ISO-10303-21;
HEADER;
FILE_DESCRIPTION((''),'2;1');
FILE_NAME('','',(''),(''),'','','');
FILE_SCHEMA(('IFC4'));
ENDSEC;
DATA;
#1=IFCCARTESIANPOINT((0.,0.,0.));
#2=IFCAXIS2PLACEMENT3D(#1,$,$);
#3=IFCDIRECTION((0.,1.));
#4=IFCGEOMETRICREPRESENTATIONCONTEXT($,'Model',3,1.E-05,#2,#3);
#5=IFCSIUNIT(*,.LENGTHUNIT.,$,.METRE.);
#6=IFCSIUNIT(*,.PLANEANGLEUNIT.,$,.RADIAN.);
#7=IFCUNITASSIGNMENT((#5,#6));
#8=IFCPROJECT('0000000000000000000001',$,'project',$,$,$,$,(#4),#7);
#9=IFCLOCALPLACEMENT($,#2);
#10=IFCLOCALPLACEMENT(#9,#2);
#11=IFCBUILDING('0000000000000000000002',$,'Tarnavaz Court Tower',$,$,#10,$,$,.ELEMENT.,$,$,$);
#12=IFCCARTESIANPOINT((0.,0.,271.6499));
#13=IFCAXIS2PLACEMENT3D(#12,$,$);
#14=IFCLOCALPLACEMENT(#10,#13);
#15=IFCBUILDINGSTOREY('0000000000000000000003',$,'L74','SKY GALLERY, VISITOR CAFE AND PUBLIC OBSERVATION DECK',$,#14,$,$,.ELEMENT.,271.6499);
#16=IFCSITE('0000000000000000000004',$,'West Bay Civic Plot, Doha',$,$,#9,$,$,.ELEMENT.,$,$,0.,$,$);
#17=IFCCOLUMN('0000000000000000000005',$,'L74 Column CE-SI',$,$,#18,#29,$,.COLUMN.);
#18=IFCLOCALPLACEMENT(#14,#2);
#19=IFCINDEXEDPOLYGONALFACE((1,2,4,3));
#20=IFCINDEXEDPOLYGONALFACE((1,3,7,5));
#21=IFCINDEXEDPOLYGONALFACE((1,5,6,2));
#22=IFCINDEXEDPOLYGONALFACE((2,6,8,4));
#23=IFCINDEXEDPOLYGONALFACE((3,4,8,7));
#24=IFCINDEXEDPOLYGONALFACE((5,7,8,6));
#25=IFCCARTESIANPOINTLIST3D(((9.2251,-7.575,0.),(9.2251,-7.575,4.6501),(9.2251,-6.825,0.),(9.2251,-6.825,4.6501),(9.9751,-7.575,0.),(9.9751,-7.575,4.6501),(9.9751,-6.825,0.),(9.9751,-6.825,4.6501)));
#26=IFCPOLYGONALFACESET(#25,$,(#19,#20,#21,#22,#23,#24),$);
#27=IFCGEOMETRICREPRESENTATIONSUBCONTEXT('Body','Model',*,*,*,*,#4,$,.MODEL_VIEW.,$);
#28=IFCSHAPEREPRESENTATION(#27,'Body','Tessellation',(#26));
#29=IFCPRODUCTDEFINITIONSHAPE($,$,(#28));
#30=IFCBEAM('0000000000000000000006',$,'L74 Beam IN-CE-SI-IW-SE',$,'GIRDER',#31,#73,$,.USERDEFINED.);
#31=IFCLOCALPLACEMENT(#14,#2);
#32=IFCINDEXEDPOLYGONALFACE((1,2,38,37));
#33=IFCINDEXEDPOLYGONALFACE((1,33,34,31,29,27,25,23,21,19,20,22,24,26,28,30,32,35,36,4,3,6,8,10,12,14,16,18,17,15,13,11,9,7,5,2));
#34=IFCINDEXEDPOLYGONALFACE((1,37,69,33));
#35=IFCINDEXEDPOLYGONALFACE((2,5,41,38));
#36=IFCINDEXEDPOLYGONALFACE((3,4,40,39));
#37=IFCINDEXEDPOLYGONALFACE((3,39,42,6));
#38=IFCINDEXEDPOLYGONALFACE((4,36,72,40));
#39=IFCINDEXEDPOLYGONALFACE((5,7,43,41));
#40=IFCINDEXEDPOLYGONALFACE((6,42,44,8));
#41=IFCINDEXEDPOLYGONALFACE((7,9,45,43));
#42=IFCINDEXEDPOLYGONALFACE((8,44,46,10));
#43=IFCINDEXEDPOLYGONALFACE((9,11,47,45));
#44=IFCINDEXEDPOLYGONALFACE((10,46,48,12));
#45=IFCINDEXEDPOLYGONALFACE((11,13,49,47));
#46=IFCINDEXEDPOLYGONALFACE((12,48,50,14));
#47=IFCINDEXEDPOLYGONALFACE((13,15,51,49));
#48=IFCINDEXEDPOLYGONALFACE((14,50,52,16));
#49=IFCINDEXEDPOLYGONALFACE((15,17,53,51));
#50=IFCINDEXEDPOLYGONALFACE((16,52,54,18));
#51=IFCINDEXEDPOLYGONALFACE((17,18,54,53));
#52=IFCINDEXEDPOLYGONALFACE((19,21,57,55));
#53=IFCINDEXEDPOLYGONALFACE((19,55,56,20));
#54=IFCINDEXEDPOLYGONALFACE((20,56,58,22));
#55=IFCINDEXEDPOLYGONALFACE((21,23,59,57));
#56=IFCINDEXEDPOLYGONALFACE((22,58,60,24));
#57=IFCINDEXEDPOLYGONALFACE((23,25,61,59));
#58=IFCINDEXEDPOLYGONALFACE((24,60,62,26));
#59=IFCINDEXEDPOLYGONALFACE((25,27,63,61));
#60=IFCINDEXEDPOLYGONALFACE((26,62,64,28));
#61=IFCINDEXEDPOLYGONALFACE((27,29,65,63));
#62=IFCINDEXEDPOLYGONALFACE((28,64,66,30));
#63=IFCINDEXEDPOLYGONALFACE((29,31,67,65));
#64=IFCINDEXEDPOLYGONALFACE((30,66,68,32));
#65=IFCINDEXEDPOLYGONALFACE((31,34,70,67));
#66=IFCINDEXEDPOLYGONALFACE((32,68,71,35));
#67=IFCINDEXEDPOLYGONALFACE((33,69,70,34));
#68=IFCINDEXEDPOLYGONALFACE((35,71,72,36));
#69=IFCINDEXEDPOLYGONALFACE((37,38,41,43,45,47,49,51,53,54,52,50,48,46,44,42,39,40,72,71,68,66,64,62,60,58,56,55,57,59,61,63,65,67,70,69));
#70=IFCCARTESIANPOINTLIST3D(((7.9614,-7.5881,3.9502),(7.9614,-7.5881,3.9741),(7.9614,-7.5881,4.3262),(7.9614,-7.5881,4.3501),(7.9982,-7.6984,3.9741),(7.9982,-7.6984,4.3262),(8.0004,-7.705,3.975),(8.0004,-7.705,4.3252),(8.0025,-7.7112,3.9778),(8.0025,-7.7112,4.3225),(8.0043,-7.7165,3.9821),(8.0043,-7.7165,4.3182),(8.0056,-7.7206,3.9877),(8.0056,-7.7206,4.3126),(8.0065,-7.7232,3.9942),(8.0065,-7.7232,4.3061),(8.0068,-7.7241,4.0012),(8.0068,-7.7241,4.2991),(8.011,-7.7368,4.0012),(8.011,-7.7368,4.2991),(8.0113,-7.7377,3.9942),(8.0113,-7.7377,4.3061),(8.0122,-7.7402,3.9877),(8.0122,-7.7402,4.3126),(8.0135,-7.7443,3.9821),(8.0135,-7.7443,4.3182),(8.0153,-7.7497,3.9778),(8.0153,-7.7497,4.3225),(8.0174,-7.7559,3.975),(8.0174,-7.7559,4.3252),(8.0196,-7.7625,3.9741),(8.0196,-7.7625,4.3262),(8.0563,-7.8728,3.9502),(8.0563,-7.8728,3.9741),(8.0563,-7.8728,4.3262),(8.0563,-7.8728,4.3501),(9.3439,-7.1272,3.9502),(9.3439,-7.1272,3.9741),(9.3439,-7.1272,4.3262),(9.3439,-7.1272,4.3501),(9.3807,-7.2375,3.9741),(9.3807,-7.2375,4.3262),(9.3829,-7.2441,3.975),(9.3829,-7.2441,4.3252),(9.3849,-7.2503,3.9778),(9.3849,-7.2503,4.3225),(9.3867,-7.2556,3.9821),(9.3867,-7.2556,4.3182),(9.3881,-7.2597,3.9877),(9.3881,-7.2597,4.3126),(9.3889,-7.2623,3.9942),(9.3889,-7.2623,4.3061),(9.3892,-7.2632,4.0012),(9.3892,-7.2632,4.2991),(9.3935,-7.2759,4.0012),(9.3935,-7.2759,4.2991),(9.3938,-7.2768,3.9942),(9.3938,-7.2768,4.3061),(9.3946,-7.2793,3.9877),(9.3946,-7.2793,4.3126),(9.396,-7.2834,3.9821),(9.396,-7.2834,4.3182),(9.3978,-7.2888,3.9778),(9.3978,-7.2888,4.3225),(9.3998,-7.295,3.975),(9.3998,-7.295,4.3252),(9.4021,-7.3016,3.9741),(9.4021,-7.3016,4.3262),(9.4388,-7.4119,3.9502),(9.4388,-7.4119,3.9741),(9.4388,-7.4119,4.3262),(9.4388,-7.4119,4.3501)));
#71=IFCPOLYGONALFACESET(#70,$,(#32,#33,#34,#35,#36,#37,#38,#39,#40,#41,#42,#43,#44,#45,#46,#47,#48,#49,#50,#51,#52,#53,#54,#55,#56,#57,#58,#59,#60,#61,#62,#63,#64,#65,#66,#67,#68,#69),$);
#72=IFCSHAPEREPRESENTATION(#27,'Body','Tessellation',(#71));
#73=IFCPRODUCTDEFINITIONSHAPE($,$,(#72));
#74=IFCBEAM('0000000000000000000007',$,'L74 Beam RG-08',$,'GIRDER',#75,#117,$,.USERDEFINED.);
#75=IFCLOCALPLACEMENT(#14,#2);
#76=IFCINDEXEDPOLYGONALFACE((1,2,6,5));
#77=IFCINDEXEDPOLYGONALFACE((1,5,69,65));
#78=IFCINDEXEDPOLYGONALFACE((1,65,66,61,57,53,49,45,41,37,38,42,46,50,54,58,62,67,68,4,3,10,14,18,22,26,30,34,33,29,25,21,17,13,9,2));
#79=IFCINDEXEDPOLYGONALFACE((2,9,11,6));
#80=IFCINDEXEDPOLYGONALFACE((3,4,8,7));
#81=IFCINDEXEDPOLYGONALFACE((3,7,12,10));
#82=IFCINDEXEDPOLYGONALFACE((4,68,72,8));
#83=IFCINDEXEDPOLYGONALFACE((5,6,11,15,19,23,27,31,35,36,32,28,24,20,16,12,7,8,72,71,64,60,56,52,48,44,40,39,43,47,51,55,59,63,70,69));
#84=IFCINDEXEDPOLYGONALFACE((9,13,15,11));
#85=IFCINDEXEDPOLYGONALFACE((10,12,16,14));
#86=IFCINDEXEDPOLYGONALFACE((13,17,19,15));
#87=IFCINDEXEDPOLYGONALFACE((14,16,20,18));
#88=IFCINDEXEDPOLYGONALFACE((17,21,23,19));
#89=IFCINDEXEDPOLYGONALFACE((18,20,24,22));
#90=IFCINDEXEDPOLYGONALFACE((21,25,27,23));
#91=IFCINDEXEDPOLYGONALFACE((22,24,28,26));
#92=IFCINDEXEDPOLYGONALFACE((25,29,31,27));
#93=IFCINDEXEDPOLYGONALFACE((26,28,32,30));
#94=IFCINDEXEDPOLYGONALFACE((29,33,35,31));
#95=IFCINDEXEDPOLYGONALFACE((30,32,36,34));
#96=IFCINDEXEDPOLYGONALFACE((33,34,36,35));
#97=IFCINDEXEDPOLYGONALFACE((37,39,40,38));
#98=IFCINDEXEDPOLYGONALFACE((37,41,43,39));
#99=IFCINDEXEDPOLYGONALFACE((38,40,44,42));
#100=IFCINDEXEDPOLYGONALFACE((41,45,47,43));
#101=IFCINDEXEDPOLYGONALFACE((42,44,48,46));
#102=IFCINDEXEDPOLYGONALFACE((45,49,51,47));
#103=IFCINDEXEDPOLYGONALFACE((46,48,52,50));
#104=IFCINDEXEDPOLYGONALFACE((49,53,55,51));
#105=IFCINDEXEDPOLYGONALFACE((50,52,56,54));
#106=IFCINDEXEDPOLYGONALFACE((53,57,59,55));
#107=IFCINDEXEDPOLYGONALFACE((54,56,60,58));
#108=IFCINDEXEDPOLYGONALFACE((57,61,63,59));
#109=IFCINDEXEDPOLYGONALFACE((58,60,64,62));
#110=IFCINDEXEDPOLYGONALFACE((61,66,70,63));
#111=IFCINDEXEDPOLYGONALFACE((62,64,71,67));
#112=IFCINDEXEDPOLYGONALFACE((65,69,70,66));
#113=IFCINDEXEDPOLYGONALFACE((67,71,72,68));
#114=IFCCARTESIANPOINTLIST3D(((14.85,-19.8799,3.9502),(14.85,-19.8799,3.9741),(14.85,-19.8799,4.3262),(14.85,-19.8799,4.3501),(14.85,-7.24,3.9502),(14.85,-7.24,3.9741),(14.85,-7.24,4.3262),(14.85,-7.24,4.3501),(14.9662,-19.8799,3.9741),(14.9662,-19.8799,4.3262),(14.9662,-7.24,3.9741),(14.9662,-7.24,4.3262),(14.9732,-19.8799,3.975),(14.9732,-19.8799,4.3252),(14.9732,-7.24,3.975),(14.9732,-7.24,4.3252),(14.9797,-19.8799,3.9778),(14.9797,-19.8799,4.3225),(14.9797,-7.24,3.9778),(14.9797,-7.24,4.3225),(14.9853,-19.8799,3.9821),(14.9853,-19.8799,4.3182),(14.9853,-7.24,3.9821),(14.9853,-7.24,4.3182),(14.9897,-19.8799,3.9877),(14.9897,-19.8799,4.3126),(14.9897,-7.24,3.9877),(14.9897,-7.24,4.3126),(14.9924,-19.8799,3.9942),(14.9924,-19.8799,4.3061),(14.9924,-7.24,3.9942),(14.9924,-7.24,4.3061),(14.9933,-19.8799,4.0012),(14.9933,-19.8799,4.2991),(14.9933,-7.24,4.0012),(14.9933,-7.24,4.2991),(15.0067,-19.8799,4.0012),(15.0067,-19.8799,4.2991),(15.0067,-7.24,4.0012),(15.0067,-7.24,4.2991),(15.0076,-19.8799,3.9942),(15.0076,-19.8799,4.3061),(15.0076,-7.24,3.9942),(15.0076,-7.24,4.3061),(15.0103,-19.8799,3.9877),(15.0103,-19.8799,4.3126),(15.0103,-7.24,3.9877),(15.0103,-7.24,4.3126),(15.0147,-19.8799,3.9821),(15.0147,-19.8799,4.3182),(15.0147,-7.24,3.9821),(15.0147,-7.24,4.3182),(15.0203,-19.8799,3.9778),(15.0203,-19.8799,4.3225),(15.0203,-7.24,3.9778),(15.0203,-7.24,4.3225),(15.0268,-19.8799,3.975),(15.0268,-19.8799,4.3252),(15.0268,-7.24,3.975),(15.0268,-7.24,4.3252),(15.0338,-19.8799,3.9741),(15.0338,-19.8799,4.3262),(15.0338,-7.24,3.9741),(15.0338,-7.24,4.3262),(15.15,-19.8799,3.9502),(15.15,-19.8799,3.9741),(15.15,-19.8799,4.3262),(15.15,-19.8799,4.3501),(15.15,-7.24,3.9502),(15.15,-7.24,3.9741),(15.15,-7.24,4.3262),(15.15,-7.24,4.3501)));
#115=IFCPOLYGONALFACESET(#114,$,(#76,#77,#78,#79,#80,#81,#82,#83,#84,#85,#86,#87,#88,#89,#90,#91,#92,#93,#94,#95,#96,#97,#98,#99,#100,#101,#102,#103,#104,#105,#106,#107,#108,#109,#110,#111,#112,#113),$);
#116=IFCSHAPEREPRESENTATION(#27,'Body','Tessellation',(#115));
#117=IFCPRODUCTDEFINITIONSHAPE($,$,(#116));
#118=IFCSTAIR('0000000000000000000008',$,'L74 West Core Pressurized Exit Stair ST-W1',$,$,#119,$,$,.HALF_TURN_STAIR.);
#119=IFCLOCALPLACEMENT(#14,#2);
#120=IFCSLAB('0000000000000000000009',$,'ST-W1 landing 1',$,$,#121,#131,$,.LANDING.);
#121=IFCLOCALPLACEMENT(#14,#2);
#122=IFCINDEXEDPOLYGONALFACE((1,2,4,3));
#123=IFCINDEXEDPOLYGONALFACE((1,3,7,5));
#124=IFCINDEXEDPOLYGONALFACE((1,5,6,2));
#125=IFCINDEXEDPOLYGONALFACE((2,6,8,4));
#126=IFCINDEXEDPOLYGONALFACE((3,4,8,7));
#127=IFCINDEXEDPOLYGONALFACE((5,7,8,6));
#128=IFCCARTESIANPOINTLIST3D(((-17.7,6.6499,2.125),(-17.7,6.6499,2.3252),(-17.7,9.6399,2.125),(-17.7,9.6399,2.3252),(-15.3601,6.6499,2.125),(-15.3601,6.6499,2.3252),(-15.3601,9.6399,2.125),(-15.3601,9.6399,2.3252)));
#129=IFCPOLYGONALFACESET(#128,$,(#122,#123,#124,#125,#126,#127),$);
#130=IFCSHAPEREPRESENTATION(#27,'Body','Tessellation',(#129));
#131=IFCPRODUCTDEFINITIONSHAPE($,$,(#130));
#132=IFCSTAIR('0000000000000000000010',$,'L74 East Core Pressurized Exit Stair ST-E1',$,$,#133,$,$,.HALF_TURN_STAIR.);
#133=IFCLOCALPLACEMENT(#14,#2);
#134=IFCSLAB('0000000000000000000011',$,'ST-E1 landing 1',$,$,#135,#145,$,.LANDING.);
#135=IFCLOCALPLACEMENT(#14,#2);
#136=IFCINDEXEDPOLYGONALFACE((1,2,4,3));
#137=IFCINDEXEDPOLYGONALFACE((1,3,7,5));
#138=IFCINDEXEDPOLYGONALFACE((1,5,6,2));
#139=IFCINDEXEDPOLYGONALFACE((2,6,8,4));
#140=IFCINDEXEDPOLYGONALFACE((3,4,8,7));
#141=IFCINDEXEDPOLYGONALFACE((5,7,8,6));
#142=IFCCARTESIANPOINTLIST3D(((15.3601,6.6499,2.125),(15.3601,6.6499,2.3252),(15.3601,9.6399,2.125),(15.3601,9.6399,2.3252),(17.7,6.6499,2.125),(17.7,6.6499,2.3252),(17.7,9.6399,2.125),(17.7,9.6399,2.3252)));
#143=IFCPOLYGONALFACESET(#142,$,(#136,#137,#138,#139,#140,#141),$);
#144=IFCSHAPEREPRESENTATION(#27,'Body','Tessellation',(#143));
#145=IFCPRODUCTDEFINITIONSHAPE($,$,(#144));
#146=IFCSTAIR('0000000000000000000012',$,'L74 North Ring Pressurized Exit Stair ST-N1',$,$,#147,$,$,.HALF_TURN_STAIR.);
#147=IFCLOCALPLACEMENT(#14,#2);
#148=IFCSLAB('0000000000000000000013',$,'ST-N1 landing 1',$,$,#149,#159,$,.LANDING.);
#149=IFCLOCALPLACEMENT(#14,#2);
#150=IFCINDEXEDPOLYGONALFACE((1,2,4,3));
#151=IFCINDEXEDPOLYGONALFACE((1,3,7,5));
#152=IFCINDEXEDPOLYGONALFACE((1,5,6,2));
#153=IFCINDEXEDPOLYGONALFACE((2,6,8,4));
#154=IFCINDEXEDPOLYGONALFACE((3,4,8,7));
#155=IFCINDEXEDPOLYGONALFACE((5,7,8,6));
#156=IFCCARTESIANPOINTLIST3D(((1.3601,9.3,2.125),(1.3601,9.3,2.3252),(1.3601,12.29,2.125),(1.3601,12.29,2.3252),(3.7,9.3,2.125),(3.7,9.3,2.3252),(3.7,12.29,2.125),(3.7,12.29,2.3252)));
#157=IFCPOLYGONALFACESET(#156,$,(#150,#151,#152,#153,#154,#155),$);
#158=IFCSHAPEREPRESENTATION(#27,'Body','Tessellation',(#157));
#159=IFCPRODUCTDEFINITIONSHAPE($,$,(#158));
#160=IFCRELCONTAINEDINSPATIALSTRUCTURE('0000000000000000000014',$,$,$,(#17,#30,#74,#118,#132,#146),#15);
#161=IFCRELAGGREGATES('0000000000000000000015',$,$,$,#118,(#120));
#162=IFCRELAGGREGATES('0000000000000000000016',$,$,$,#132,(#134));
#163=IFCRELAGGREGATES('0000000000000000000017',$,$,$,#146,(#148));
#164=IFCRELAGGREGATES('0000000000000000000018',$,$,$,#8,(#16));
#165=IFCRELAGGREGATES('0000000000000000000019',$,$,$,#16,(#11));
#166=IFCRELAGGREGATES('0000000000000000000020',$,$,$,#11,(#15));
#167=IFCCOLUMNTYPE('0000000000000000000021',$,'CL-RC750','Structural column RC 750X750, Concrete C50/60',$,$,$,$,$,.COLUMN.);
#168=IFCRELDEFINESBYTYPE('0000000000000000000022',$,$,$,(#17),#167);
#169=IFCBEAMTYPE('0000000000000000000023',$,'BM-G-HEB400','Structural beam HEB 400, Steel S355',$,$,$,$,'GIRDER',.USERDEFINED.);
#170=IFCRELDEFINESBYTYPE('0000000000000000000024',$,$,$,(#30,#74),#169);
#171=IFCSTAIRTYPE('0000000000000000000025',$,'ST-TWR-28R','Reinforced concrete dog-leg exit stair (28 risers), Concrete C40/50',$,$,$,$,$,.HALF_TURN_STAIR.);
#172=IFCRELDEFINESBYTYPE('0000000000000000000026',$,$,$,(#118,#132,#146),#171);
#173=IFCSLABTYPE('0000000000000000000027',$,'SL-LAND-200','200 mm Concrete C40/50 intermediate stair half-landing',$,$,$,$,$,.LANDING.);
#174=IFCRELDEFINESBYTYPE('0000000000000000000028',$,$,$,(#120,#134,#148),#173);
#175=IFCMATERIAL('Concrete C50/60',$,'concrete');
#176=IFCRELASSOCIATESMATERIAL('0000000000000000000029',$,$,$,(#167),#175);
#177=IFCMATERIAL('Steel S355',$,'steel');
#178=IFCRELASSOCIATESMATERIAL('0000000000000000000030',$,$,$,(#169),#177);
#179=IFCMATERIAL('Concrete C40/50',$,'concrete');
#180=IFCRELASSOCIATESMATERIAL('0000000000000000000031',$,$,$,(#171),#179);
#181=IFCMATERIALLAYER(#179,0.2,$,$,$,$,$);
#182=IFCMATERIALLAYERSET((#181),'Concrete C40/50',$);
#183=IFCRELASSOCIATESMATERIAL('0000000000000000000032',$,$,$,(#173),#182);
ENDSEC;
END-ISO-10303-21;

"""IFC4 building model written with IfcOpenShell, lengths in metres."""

from ifc_helpers import new_model, si_unit, direction, frame, origin, origin_2d, place, context, subcontext, project, spatial, polyline, rectangle, i_section, outline, extrude, material, layer, layer_set, material_profile, profile_set, type_object, element, aggregate, save


model = new_model("IFC4")

# Units and contexts
model_context = context("Model", 3, precision=1e-05, world=origin(), true_north=direction((0.0, 1.0)))
body_context = subcontext(model_context, "Body", "Model", "MODEL_VIEW")
ifc_project = project(units=[si_unit("LENGTHUNIT", "METRE"), si_unit("PLANEANGLEUNIT", "RADIAN")], contexts=[model_context])

# Site, building, storey
site_placement = place(None, origin())
site = spatial("IfcSite", under=ifc_project, at=site_placement, Name="West Bay Civic Plot, Doha", CompositionType="ELEMENT", RefElevation=0.0)
building_placement = place(site_placement, origin())
building = spatial("IfcBuilding", under=site, at=building_placement, Name="Tarnavaz Court Tower", CompositionType="ELEMENT")
storey_placement = place(building_placement, frame((0.0, 0.0, 271.6499)))
storey = spatial("IfcBuildingStorey", under=building, at=storey_placement, Name="L74", Description="SKY GALLERY, VISITOR CAFE AND PUBLIC OBSERVATION DECK", CompositionType="ELEMENT", Elevation=271.6499)

# Column
ifc_material_1 = material(Name="Concrete C50/60", Category="concrete")
ifc_material_profile_1 = material_profile(ifc_material_1, rectangle(XDim=0.75, YDim=0.75, at=origin_2d()), Name="RC 750X750")
ifc_profile_set_1 = profile_set([ifc_material_profile_1], Name="Concrete C50/60")
column_type = type_object("IfcColumnType", Name="CL-RC750", Description="Structural column RC 750X750, Concrete C50/60", PredefinedType="COLUMN", material=ifc_profile_set_1)
column_placement = place(storey_placement, frame((9.6001, -7.2, 0.0), z_axis=(0.0, 0.0, 1.0), x_axis=(1.0, 0.0, 0.0)))
element("IfcColumn", 1, at=column_placement, inside=storey, type_object=column_type, Name="L74 Column CE-SI", PredefinedType="COLUMN", context=body_context, shape_type="SweptSolid", body=[
    extrude(rectangle(XDim=0.75, YDim=0.75, at=origin_2d()), origin(), (0.0, 0.0, 1.0), 4.6501),
])

# Beams
ifc_material_2 = material(Name="Steel S355", Category="steel")
ifc_material_profile_2 = material_profile(ifc_material_2, i_section(OverallWidth=0.3, OverallDepth=0.3999, WebThickness=0.0134, FlangeThickness=0.0239, FilletRadius=0.0271, at=origin_2d()), Name="HEB 400")
ifc_profile_set_2 = profile_set([ifc_material_profile_2], Name="Steel S355")
beam_type = type_object("IfcBeamType", Name="BM-G-HEB400", Description="Structural beam HEB 400, Steel S355", ElementType="GIRDER", PredefinedType="USERDEFINED", material=ifc_profile_set_2)
beam_1_placement = place(storey_placement, frame((9.3914, -7.2695, 4.1501), z_axis=(-0.948667, -0.316278, 0.0), x_axis=(0.316278, -0.948667, 0.0)))
element("IfcBeam", 2, at=beam_1_placement, inside=storey, type_object=beam_type, Name="L74 Beam IN-CE-SI-IW-SE", ObjectType="GIRDER", PredefinedType="USERDEFINED", context=body_context, shape_type="SweptSolid", body=[
    extrude(i_section(OverallWidth=0.3, OverallDepth=0.3999, WebThickness=0.0134, FlangeThickness=0.0239, FilletRadius=0.0271, at=origin_2d()), origin(), (0.0, 0.0, 1.0), 1.4573),
])
beam_2_placement = place(storey_placement, frame((15.0, -7.24, 4.1501), z_axis=(0.0, -1.0, 0.0), x_axis=(1.0, 0.0, 0.0)))
element("IfcBeam", 3, at=beam_2_placement, inside=storey, type_object=beam_type, Name="L74 Beam RG-08", ObjectType="GIRDER", PredefinedType="USERDEFINED", context=body_context, shape_type="SweptSolid", body=[
    extrude(i_section(OverallWidth=0.3, OverallDepth=0.3999, WebThickness=0.0134, FlangeThickness=0.0239, FilletRadius=0.0271, at=origin_2d()), origin(), (0.0, 0.0, 1.0), 12.6399),
])

# Stairs, slabs
ifc_material_3 = material(Name="Concrete C40/50", Category="concrete")
stair_type = type_object("IfcStairType", Name="ST-TWR-28R", Description="Reinforced concrete dog-leg exit stair (28 risers), Concrete C40/50", PredefinedType="HALF_TURN_STAIR", material=ifc_material_3)
stair_1_placement = place(storey_placement, origin())
stair_1 = element("IfcStair", 4, at=stair_1_placement, inside=storey, type_object=stair_type, Name="L74 West Core Pressurized Exit Stair ST-W1", PredefinedType="HALF_TURN_STAIR")
ifc_layer_1 = layer(ifc_material_3, 0.2)
ifc_layer_set_1 = layer_set([ifc_layer_1], Name="Concrete C40/50")
slab_type_1 = type_object("IfcSlabType", Name="SL-LAND-200", Description="200 mm Concrete C40/50 intermediate stair half-landing", PredefinedType="LANDING", material=ifc_layer_set_1)
slab_1_placement = place(storey_placement, frame((0.0, 0.0, 2.125)))
slab_1 = element("IfcSlab", 5, at=slab_1_placement, type_object=slab_type_1, Name="ST-W1 landing 1", PredefinedType="LANDING", context=body_context, shape_type="SweptSolid", body=[
    extrude(outline(polyline([(-15.3601, 9.6399), (-17.7, 9.6399), (-17.7, 6.6499), (-15.3601, 6.6499), (-15.3601, 9.6399)])), origin(), (0.0, 0.0, 1.0), 0.2002),
])
aggregate(stair_1, [slab_1])
stair_2_placement = place(storey_placement, origin())
stair_2 = element("IfcStair", 6, at=stair_2_placement, inside=storey, type_object=stair_type, Name="L74 East Core Pressurized Exit Stair ST-E1", PredefinedType="HALF_TURN_STAIR")
slab_2_placement = place(storey_placement, frame((0.0, 0.0, 2.125)))
slab_2 = element("IfcSlab", 7, at=slab_2_placement, type_object=slab_type_1, Name="ST-E1 landing 1", PredefinedType="LANDING", context=body_context, shape_type="SweptSolid", body=[
    extrude(outline(polyline([(15.3601, 6.6499), (17.7, 6.6499), (17.7, 9.6399), (15.3601, 9.6399), (15.3601, 6.6499)])), origin(), (0.0, 0.0, 1.0), 0.2002),
])
aggregate(stair_2, [slab_2])
stair_3_placement = place(storey_placement, origin())
stair_3 = element("IfcStair", 8, at=stair_3_placement, inside=storey, type_object=stair_type, Name="L74 North Ring Pressurized Exit Stair ST-N1", PredefinedType="HALF_TURN_STAIR")
slab_3_placement = place(storey_placement, frame((0.0, 0.0, 2.125)))
slab_3 = element("IfcSlab", 9, at=slab_3_placement, type_object=slab_type_1, Name="ST-N1 landing 1", PredefinedType="LANDING", context=body_context, shape_type="SweptSolid", body=[
    extrude(outline(polyline([(1.3601, 9.3), (3.7, 9.3), (3.7, 12.29), (1.3601, 12.29), (1.3601, 9.3)])), origin(), (0.0, 0.0, 1.0), 0.2002),
])
aggregate(stair_3, [slab_3])

save(model, "model.ifc")
